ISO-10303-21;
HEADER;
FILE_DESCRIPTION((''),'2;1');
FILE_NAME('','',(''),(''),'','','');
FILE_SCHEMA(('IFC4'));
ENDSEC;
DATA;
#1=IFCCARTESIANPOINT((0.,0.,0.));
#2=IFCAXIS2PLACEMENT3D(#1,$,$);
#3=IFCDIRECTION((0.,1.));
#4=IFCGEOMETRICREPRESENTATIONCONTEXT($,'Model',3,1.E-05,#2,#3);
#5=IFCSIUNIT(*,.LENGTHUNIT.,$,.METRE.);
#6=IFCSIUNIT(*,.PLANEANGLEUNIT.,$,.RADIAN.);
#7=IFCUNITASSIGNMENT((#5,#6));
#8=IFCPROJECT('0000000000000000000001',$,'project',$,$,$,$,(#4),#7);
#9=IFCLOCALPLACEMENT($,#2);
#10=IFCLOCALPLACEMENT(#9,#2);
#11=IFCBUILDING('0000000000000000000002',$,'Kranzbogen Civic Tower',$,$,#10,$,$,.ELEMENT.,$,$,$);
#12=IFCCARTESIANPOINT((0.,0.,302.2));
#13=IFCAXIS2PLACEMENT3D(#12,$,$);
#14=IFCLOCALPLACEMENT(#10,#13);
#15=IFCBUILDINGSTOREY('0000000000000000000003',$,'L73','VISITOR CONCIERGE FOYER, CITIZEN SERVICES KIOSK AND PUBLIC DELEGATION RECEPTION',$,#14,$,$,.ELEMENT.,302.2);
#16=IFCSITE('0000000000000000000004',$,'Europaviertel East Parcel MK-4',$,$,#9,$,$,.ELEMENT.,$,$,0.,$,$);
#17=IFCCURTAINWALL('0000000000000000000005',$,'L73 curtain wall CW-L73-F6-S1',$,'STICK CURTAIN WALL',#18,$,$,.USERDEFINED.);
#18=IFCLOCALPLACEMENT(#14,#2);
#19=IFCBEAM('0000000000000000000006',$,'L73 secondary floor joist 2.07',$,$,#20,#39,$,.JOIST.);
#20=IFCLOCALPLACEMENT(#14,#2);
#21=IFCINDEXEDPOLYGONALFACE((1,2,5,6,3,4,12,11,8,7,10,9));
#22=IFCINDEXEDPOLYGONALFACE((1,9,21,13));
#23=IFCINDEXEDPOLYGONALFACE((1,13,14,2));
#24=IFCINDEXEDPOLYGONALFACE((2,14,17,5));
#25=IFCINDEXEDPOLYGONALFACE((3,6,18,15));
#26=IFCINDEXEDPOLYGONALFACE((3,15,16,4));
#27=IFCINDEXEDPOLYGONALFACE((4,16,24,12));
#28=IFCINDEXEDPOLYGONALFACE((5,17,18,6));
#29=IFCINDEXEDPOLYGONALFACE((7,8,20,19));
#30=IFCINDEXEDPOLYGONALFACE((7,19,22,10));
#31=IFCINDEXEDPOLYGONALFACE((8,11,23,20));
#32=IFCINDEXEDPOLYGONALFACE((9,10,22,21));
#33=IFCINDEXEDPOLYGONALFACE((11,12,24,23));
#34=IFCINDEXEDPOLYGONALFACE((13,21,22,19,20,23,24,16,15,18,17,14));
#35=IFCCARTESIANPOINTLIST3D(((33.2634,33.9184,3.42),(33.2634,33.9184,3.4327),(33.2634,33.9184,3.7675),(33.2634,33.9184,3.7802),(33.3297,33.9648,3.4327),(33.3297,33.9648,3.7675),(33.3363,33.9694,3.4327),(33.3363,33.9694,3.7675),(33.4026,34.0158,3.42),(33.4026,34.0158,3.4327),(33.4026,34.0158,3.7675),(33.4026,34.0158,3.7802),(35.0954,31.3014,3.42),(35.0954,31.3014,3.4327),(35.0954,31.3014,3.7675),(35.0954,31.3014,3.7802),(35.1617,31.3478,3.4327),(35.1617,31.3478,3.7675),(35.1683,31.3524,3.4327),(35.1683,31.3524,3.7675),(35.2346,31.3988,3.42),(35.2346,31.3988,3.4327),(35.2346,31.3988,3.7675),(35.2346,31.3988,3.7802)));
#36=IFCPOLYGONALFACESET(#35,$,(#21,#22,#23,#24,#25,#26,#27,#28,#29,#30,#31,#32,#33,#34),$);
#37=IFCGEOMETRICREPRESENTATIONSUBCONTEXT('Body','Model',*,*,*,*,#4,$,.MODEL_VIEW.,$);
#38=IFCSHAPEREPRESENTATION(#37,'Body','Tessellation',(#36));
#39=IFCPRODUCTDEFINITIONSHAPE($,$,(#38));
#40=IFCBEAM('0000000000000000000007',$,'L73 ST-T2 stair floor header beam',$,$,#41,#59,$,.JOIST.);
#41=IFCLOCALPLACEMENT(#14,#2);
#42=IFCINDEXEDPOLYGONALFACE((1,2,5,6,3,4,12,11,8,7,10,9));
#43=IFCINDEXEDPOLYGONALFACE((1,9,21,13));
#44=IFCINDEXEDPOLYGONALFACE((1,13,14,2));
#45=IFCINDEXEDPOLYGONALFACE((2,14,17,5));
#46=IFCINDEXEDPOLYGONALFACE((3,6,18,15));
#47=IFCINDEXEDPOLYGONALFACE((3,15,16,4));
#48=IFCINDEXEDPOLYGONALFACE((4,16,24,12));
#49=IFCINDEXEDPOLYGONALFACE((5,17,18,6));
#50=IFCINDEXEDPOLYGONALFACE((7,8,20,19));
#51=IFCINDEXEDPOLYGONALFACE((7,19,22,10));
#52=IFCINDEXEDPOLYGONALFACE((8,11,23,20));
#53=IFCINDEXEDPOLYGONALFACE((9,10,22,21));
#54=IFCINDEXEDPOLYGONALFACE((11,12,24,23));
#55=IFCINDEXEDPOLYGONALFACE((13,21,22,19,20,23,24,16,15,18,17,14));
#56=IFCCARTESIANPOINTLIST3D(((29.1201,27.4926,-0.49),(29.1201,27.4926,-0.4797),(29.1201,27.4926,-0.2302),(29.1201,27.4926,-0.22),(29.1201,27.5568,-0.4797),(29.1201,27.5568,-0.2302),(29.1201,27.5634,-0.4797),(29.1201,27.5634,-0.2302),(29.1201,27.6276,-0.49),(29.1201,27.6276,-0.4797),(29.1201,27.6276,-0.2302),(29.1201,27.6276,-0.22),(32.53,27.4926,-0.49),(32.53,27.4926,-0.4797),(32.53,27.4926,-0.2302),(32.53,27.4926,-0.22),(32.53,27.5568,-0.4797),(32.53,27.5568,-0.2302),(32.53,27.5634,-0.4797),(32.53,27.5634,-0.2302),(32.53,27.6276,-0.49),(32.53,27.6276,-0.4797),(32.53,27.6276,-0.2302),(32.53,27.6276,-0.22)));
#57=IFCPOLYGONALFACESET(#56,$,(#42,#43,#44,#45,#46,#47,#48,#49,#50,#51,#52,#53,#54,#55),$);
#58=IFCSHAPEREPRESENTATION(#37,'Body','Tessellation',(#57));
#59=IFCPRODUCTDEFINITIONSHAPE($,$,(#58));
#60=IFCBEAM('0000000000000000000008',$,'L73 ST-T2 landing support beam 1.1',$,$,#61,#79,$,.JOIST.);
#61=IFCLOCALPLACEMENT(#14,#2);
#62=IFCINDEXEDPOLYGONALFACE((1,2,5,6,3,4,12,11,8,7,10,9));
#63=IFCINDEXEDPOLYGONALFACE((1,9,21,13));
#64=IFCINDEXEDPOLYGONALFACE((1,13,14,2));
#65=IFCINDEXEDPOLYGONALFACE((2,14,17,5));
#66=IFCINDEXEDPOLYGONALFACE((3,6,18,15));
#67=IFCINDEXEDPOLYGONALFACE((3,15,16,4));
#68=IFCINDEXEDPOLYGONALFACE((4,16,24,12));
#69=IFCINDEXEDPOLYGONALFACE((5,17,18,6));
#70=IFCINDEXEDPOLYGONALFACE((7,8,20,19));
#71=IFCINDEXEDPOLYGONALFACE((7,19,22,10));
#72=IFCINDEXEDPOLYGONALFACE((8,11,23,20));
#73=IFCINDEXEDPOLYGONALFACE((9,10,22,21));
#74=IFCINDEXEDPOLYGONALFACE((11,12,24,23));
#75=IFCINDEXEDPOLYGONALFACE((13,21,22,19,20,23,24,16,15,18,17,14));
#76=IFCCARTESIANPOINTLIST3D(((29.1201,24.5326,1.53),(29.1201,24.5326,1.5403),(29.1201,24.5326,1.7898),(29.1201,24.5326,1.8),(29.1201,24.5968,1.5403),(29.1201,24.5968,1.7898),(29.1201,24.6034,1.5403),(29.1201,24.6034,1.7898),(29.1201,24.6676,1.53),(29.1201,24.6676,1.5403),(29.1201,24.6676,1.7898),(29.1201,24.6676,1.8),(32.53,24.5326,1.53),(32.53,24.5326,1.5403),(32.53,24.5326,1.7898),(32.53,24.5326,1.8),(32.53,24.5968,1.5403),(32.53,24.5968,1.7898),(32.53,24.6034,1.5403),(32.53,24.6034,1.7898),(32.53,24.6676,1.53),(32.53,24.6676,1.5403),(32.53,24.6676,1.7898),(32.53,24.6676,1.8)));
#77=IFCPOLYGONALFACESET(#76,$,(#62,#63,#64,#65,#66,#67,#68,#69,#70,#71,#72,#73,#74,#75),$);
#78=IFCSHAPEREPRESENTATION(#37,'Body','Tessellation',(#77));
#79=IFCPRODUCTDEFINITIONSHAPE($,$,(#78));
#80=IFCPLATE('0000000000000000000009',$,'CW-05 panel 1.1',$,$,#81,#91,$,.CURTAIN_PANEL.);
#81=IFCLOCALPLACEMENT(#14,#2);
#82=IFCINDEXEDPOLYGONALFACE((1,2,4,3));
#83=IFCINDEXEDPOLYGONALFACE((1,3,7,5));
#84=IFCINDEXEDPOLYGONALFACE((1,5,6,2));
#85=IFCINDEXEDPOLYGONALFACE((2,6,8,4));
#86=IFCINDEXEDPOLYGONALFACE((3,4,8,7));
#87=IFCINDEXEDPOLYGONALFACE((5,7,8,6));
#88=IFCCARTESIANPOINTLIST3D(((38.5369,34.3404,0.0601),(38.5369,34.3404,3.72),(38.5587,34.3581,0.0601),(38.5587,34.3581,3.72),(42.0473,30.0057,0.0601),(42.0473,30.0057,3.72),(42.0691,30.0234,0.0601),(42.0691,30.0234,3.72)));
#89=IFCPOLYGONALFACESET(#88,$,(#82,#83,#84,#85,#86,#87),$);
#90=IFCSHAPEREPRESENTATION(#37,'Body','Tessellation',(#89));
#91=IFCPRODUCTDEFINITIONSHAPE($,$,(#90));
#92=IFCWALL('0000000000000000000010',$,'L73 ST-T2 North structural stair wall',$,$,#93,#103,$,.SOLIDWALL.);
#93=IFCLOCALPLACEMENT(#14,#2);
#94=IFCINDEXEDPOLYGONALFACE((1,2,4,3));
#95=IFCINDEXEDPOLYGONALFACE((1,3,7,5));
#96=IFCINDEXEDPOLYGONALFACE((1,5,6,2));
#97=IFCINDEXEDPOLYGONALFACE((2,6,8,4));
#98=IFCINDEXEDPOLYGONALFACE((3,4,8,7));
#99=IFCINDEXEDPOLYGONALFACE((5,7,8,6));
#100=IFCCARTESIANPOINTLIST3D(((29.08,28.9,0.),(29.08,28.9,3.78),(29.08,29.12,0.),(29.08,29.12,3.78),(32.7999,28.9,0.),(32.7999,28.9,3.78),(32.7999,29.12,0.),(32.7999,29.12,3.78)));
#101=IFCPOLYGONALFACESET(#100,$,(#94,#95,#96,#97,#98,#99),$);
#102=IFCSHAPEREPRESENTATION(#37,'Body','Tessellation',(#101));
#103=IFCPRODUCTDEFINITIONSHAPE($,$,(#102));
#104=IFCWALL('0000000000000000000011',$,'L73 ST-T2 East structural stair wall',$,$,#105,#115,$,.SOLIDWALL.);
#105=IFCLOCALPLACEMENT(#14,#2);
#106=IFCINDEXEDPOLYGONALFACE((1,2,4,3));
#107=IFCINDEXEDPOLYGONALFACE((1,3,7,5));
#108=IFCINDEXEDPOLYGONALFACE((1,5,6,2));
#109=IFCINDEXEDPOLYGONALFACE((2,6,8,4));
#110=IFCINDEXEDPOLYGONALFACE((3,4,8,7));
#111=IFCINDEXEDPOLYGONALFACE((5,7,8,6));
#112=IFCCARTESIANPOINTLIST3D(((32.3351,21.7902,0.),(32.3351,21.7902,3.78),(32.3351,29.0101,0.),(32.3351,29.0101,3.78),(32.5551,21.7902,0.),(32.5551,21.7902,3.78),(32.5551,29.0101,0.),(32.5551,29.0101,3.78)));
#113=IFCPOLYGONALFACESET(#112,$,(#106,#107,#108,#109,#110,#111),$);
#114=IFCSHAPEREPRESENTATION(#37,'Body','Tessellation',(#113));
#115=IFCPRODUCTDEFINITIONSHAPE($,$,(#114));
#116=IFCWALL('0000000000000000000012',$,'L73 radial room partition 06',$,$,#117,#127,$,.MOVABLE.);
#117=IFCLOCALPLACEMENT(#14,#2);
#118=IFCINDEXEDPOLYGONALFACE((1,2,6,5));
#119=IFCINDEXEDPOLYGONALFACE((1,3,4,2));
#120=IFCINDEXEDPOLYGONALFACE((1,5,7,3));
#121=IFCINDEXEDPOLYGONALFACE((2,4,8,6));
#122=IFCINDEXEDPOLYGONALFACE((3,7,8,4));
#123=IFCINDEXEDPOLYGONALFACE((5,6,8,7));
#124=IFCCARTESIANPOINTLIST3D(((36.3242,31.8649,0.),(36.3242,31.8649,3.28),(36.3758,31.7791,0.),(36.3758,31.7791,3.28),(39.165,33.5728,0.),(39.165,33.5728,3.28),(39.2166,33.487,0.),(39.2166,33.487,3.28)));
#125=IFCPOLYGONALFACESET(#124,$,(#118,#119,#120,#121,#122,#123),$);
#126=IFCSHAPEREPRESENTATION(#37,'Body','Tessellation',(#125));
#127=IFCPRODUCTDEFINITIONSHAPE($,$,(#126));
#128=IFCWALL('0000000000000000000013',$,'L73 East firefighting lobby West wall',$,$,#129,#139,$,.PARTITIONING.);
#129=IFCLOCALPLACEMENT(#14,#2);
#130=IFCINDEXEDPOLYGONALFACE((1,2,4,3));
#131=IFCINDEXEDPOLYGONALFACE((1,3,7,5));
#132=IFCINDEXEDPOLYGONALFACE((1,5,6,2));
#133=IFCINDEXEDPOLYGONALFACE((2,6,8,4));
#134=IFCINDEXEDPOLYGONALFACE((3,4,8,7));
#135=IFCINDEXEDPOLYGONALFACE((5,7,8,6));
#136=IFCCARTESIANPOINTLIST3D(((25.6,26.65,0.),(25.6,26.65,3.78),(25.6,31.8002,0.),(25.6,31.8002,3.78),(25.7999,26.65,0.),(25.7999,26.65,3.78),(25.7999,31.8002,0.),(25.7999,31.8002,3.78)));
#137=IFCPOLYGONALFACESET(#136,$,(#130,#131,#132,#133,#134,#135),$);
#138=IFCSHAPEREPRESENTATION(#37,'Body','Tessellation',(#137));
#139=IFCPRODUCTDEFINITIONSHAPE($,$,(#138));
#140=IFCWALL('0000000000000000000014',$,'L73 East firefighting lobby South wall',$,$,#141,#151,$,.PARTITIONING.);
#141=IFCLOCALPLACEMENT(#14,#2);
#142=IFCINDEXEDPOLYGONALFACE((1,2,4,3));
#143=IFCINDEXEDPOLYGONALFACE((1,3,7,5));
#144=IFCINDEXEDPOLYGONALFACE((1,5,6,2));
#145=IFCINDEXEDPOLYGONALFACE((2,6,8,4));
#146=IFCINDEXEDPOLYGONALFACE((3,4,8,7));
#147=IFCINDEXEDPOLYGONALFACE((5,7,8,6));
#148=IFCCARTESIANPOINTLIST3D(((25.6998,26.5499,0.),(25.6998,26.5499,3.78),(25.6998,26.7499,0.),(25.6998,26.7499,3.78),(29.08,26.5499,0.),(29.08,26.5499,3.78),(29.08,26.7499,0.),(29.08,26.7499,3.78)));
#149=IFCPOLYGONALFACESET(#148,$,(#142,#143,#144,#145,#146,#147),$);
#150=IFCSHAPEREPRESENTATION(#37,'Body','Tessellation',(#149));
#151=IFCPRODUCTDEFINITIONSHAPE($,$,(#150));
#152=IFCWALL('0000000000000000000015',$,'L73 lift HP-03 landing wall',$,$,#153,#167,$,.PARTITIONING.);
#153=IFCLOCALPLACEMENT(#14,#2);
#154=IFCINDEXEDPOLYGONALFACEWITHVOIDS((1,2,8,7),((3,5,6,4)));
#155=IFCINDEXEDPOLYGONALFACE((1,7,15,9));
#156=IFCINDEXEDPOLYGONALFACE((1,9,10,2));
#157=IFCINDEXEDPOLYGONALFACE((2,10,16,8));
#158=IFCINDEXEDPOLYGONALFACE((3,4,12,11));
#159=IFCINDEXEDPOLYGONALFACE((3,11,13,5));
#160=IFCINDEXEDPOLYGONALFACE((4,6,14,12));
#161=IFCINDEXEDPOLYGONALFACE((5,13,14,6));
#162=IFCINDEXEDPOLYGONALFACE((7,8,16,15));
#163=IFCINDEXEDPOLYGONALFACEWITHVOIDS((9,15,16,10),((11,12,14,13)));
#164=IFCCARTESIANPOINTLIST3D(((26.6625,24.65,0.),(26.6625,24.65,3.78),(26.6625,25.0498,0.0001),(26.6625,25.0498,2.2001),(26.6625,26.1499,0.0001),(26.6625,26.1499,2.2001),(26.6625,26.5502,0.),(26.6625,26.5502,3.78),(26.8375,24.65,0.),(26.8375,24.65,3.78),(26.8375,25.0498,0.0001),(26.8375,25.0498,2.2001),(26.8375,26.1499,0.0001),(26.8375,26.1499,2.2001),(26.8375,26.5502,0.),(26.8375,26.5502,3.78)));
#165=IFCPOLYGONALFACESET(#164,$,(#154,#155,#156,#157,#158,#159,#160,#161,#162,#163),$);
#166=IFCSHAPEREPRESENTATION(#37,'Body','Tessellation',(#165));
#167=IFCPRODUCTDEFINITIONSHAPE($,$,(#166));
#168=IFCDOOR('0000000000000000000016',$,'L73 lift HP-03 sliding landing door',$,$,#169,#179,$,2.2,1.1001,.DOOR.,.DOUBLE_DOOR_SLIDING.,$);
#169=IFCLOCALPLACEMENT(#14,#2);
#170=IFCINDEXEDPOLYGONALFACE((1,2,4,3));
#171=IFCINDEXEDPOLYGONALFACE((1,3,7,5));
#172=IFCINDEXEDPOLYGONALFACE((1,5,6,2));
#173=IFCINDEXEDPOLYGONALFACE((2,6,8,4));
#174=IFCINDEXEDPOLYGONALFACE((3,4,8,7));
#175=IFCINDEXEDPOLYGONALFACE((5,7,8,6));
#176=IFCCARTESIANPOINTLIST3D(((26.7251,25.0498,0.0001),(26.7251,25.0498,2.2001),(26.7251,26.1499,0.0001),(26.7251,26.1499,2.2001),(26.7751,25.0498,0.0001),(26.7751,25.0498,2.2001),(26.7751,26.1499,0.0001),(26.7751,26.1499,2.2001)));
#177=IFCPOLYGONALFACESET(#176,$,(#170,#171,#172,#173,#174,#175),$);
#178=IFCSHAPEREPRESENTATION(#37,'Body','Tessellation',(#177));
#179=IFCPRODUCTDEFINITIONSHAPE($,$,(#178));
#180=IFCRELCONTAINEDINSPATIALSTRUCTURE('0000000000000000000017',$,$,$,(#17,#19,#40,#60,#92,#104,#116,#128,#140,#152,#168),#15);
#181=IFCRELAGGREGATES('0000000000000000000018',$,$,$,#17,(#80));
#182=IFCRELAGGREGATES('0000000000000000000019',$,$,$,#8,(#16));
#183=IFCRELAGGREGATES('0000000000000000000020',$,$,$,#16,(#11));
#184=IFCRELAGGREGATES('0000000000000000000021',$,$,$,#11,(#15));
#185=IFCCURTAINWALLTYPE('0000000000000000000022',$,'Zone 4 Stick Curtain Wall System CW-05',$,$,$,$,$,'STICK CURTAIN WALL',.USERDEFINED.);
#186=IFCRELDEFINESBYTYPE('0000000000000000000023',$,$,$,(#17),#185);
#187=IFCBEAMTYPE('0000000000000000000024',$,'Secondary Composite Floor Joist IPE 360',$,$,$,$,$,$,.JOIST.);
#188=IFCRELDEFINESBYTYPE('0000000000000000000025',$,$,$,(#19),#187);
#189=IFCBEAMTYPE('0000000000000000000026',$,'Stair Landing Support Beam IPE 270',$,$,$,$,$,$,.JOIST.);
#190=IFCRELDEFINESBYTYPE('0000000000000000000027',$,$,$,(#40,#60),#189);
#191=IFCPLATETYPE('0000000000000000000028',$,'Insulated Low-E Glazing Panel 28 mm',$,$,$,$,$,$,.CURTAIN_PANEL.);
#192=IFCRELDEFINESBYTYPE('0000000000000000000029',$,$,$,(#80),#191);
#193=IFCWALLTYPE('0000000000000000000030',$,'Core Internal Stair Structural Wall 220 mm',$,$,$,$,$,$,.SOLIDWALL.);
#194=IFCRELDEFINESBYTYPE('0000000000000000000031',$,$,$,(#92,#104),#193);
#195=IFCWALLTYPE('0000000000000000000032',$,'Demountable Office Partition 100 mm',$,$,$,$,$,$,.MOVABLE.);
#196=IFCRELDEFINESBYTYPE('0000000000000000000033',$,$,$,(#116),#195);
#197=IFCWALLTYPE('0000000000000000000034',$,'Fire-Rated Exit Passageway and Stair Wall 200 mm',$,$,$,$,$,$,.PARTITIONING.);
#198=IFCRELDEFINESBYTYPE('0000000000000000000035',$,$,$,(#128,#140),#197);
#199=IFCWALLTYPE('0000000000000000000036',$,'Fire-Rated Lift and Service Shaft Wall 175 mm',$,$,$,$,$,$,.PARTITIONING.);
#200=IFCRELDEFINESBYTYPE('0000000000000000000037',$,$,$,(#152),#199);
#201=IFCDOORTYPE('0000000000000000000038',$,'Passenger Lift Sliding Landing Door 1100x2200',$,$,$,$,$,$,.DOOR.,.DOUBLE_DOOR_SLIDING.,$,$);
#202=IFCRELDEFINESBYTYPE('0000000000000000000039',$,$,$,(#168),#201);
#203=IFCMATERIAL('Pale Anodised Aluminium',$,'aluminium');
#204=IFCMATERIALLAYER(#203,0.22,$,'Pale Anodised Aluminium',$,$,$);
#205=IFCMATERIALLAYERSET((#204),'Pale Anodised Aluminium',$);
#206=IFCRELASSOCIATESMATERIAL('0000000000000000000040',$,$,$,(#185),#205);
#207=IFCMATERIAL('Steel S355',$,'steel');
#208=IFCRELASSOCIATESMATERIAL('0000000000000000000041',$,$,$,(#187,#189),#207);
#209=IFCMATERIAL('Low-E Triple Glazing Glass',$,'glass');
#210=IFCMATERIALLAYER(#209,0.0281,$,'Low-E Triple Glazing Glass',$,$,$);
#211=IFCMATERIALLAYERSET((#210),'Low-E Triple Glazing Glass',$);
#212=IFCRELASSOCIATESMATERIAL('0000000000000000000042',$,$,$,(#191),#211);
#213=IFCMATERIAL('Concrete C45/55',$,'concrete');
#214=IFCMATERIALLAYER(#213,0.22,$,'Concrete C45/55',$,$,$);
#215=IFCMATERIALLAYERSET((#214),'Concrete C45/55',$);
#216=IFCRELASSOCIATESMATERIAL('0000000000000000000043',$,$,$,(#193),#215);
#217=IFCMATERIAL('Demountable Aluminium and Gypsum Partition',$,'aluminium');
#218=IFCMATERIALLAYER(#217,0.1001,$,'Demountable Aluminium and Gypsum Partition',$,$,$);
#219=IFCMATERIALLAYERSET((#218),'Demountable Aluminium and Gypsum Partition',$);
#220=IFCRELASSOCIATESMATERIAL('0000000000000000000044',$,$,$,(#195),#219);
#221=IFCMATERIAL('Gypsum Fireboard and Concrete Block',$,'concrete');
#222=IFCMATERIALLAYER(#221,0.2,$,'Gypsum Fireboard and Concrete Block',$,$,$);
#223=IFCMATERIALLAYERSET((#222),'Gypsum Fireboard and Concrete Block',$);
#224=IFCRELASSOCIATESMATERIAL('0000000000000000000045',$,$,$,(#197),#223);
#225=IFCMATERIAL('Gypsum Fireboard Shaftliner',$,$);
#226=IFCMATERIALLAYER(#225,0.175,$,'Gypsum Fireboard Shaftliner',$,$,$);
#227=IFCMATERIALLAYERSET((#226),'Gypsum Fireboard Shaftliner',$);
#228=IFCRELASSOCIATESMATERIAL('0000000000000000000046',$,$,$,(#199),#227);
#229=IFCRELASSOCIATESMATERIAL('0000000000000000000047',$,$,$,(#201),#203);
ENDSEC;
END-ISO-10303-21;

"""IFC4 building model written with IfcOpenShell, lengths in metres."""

from ifc_helpers import new_model, si_unit, direction, frame, frame_2d, origin, origin_2d, place, context, subcontext, project, spatial, rectangle, i_section, extrude, material, layer, layer_set, material_profile, profile_set, type_object, element, fill, aggregate, save


model = new_model("IFC4")

# Units and contexts
model_context = context("Model", 3, precision=1e-05, world=origin(), true_north=direction((0.0, 1.0)))
body_context = subcontext(model_context, "Body", "Model", "MODEL_VIEW")
ifc_project = project(units=[si_unit("LENGTHUNIT", "METRE"), si_unit("PLANEANGLEUNIT", "RADIAN")], contexts=[model_context])

# Site, building, storey
site_placement = place(None, origin())
site = spatial("IfcSite", under=ifc_project, at=site_placement, Name="Europaviertel East Parcel MK-4", CompositionType="ELEMENT", RefElevation=0.0)
building_placement = place(site_placement, origin())
building = spatial("IfcBuilding", under=site, at=building_placement, Name="Kranzbogen Civic Tower", CompositionType="ELEMENT")
storey_placement = place(building_placement, frame((0.0, 0.0, 302.2)))
storey = spatial("IfcBuildingStorey", under=building, at=storey_placement, Name="L73", Description="VISITOR CONCIERGE FOYER, CITIZEN SERVICES KIOSK AND PUBLIC DELEGATION RECEPTION", CompositionType="ELEMENT", Elevation=302.2)

# Shared definitions
ifc_material_1 = material(Name="Steel S355", Category="steel")

# Shared definitions
ifc_material_2 = material(Name="Pale Anodised Aluminium", Category="aluminium")
ifc_layer_1 = layer(ifc_material_2, 0.22, Name="Pale Anodised Aluminium")
ifc_layer_set_1 = layer_set([ifc_layer_1], Name="Pale Anodised Aluminium")
curtain_wall_type = type_object("IfcCurtainWallType", Name="Zone 4 Stick Curtain Wall System CW-05", ElementType="STICK CURTAIN WALL", PredefinedType="USERDEFINED", material=ifc_layer_set_1)

# Curtain wall
curtain_wall_1_placement = place(storey_placement, origin())
curtain_wall_1 = element("IfcCurtainWall", 1, at=curtain_wall_1_placement, inside=storey, type_object=curtain_wall_type, Name="L73 curtain wall CW-L73-F6-S1", ObjectType="STICK CURTAIN WALL", PredefinedType="USERDEFINED")

# Beams
ifc_material_profile_1 = material_profile(ifc_material_1, i_section(OverallWidth=0.1699, OverallDepth=0.3601, WebThickness=0.0081, FlangeThickness=0.0127, at=origin_2d()), Name="IPE 360")
ifc_profile_set_1 = profile_set([ifc_material_profile_1], Name="Steel S355")
beam_type_1 = type_object("IfcBeamType", Name="Secondary Composite Floor Joist IPE 360", PredefinedType="JOIST", material=ifc_profile_set_1)
beam_1_placement = place(storey_placement, frame((35.165, 31.3501, 3.6001), z_axis=(-0.573498, 0.819207, 0.0), x_axis=(-0.819207, -0.573498, 0.0)))
element("IfcBeam", 2, at=beam_1_placement, inside=storey, type_object=beam_type_1, Name="L73 secondary floor joist 2.07", PredefinedType="JOIST", context=body_context, shape_type="SweptSolid", body=[
    extrude(i_section(OverallWidth=0.1699, OverallDepth=0.3601, WebThickness=0.0081, FlangeThickness=0.0127, at=origin_2d()), origin(), (0.0, 0.0, 1.0), 3.1946),
])
ifc_material_profile_2 = material_profile(ifc_material_1, i_section(OverallWidth=0.135, OverallDepth=0.27, WebThickness=0.0066, FlangeThickness=0.0103, at=origin_2d()), Name="IPE 270")
ifc_profile_set_2 = profile_set([ifc_material_profile_2], Name="Steel S355")
beam_type_2 = type_object("IfcBeamType", Name="Stair Landing Support Beam IPE 270", PredefinedType="JOIST", material=ifc_profile_set_2)
for number, where, z_axis, x_axis, name in (
    (3, (29.1201, 27.5601, -0.355), (1.0, 0.0, 0.0), (0.0, 1.0, 0.0), "L73 ST-T2 stair floor header beam"),
    (4, (29.1201, 24.6001, 1.665), (1.0, 0.0, 0.0), (0.0, 1.0, 0.0), "L73 ST-T2 landing support beam 1.1"),
):
    element("IfcBeam", number, at=place(storey_placement, frame(where, z_axis=z_axis, x_axis=x_axis)), inside=storey, type_object=beam_type_2, Name=name, PredefinedType="JOIST", context=body_context, shape_type="SweptSolid", body=[
        extrude(i_section(OverallWidth=0.135, OverallDepth=0.27, WebThickness=0.0066, FlangeThickness=0.0103, at=origin_2d()), origin(), (0.0, 0.0, 1.0), 3.4099),
    ])

# Plate
ifc_material_3 = material(Name="Low-E Triple Glazing Glass", Category="glass")
ifc_layer_2 = layer(ifc_material_3, 0.0281, Name="Low-E Triple Glazing Glass")
ifc_layer_set_2 = layer_set([ifc_layer_2], Name="Low-E Triple Glazing Glass")
plate_type = type_object("IfcPlateType", Name="Insulated Low-E Glazing Panel 28 mm", PredefinedType="CURTAIN_PANEL", material=ifc_layer_set_2)
plate_placement = place(storey_placement, frame((40.303, 32.1819, 0.0601), z_axis=(0.0, 0.0, 1.0), x_axis=(-0.62935, 0.777122, 0.0)))
plate = element("IfcPlate", 5, at=plate_placement, type_object=plate_type, Name="CW-05 panel 1.1", PredefinedType="CURTAIN_PANEL", context=body_context, shape_type="SweptSolid", body=[
    extrude(rectangle(XDim=5.5779, YDim=0.0281, at=origin_2d()), origin(), (0.0, 0.0, 1.0), 3.6599),
])
aggregate(curtain_wall_1, [plate])

# Walls
ifc_material_4 = material(Name="Concrete C45/55", Category="concrete")
ifc_layer_3 = layer(ifc_material_4, 0.22, Name="Concrete C45/55")
ifc_layer_set_3 = layer_set([ifc_layer_3], Name="Concrete C45/55")
wall_type_1 = type_object("IfcWallType", Name="Core Internal Stair Structural Wall 220 mm", PredefinedType="SOLIDWALL", material=ifc_layer_set_3)
wall_1_placement = place(storey_placement, frame((29.0801, 29.01, 0.0), z_axis=(0.0, 0.0, 1.0), x_axis=(1.0, 0.0, 0.0)))
element("IfcWall", 6, at=wall_1_placement, inside=storey, type_object=wall_type_1, Name="L73 ST-T2 North structural stair wall", PredefinedType="SOLIDWALL", context=body_context, shape_type="SweptSolid", body=[
    extrude(rectangle(XDim=3.72, YDim=0.22, at=frame_2d((1.8599, 0.0))), origin(), (0.0, 0.0, 1.0), 3.78),
])
wall_2_placement = place(storey_placement, frame((32.4451, 29.01, 0.0), z_axis=(0.0, 0.0, 1.0), x_axis=(0.0, -1.0, 0.0)))
element("IfcWall", 7, at=wall_2_placement, inside=storey, type_object=wall_type_1, Name="L73 ST-T2 East structural stair wall", PredefinedType="SOLIDWALL", context=body_context, shape_type="SweptSolid", body=[
    extrude(rectangle(XDim=7.22, YDim=0.22, at=frame_2d((3.6099, 0.0))), origin(), (0.0, 0.0, 1.0), 3.78),
])
ifc_material_5 = material(Name="Demountable Aluminium and Gypsum Partition", Category="aluminium")
ifc_layer_4 = layer(ifc_material_5, 0.1001, Name="Demountable Aluminium and Gypsum Partition")
ifc_layer_set_4 = layer_set([ifc_layer_4], Name="Demountable Aluminium and Gypsum Partition")
wall_type_2 = type_object("IfcWallType", Name="Demountable Office Partition 100 mm", PredefinedType="MOVABLE", material=ifc_layer_set_4)
wall_3_placement = place(storey_placement, frame((36.3501, 31.822, 0.0), z_axis=(0.0, 0.0, 1.0), x_axis=(0.857025, 0.515275, 0.0)))
element("IfcWall", 8, at=wall_3_placement, inside=storey, type_object=wall_type_2, Name="L73 radial room partition 06", PredefinedType="MOVABLE", context=body_context, shape_type="SweptSolid", body=[
    extrude(rectangle(XDim=3.3147, YDim=0.1001, at=frame_2d((1.6572, 0.0))), origin(), (0.0, 0.0, 1.0), 3.28),
])
ifc_material_6 = material(Name="Gypsum Fireboard and Concrete Block", Category="concrete")
ifc_layer_5 = layer(ifc_material_6, 0.2, Name="Gypsum Fireboard and Concrete Block")
ifc_layer_set_5 = layer_set([ifc_layer_5], Name="Gypsum Fireboard and Concrete Block")
wall_type_3 = type_object("IfcWallType", Name="Fire-Rated Exit Passageway and Stair Wall 200 mm", PredefinedType="PARTITIONING", material=ifc_layer_set_5)
wall_4_placement = place(storey_placement, frame((25.7, 26.6499, 0.0), z_axis=(0.0, 0.0, 1.0), x_axis=(0.0, 1.0, 0.0)))
element("IfcWall", 9, at=wall_4_placement, inside=storey, type_object=wall_type_3, Name="L73 East firefighting lobby West wall", PredefinedType="PARTITIONING", context=body_context, shape_type="SweptSolid", body=[
    extrude(rectangle(XDim=5.1501, YDim=0.2, at=frame_2d((2.5752, 0.0))), origin(), (0.0, 0.0, 1.0), 3.78),
])
wall_5_placement = place(storey_placement, frame((25.7, 26.6499, 0.0), z_axis=(0.0, 0.0, 1.0), x_axis=(1.0, 0.0, 0.0)))
element("IfcWall", 10, at=wall_5_placement, inside=storey, type_object=wall_type_3, Name="L73 East firefighting lobby South wall", PredefinedType="PARTITIONING", context=body_context, shape_type="SweptSolid", body=[
    extrude(rectangle(XDim=3.3801, YDim=0.2, at=frame_2d((1.6899, 0.0))), origin(), (0.0, 0.0, 1.0), 3.78),
])

# Wall, opening, door
ifc_material_7 = material(Name="Gypsum Fireboard Shaftliner")
ifc_layer_6 = layer(ifc_material_7, 0.175, Name="Gypsum Fireboard Shaftliner")
ifc_layer_set_6 = layer_set([ifc_layer_6], Name="Gypsum Fireboard Shaftliner")
wall_type_4 = type_object("IfcWallType", Name="Fire-Rated Lift and Service Shaft Wall 175 mm", PredefinedType="PARTITIONING", material=ifc_layer_set_6)
wall_6_placement = place(storey_placement, frame((26.75, 24.6499, 0.0), z_axis=(0.0, 0.0, 1.0), x_axis=(0.0, 1.0, 0.0)))
wall_6 = element("IfcWall", 11, at=wall_6_placement, inside=storey, type_object=wall_type_4, Name="L73 lift HP-03 landing wall", PredefinedType="PARTITIONING", context=body_context, shape_type="SweptSolid", body=[
    extrude(rectangle(XDim=1.9001, YDim=0.175, at=frame_2d((0.9502, 0.0))), origin(), (0.0, 0.0, 1.0), 3.78),
])
opening_1_placement = place(wall_6_placement, frame((0.3999, 0.0, 0.0)))
opening_1 = element("IfcOpeningElement", 12, at=opening_1_placement, cuts=wall_6, PredefinedType="OPENING", context=body_context, shape_type="SweptSolid", body=[
    extrude(rectangle(XDim=1.1001, YDim=2.2, at=frame_2d((0.55, 1.1001))), frame((0.0, 0.0977, 0.0), z_axis=(0.0, -1.0, 0.0), x_axis=(1.0, 0.0, 0.0)), (0.0, 0.0, 1.0), 0.1951),
])
door_type_1 = type_object("IfcDoorType", Name="Passenger Lift Sliding Landing Door 1100x2200", OperationType="DOUBLE_DOOR_SLIDING", PredefinedType="DOOR", material=ifc_material_2)
door_1_placement = place(opening_1_placement, origin())
door_1 = element("IfcDoor", 13, at=door_1_placement, inside=storey, type_object=door_type_1, Name="L73 lift HP-03 sliding landing door", OperationType="DOUBLE_DOOR_SLIDING", OverallHeight=2.2, OverallWidth=1.1001, PredefinedType="DOOR", context=body_context, shape_type="SweptSolid", body=[
    extrude(rectangle(XDim=1.1001, YDim=2.2, at=frame_2d((0.55, 1.1001))), frame((0.0, 0.0249, 0.0), z_axis=(0.0, -1.0, 0.0), x_axis=(1.0, 0.0, 0.0)), (0.0, 0.0, 1.0), 0.05),
])
fill(opening_1, door_1)

save(model, "model.ifc")
